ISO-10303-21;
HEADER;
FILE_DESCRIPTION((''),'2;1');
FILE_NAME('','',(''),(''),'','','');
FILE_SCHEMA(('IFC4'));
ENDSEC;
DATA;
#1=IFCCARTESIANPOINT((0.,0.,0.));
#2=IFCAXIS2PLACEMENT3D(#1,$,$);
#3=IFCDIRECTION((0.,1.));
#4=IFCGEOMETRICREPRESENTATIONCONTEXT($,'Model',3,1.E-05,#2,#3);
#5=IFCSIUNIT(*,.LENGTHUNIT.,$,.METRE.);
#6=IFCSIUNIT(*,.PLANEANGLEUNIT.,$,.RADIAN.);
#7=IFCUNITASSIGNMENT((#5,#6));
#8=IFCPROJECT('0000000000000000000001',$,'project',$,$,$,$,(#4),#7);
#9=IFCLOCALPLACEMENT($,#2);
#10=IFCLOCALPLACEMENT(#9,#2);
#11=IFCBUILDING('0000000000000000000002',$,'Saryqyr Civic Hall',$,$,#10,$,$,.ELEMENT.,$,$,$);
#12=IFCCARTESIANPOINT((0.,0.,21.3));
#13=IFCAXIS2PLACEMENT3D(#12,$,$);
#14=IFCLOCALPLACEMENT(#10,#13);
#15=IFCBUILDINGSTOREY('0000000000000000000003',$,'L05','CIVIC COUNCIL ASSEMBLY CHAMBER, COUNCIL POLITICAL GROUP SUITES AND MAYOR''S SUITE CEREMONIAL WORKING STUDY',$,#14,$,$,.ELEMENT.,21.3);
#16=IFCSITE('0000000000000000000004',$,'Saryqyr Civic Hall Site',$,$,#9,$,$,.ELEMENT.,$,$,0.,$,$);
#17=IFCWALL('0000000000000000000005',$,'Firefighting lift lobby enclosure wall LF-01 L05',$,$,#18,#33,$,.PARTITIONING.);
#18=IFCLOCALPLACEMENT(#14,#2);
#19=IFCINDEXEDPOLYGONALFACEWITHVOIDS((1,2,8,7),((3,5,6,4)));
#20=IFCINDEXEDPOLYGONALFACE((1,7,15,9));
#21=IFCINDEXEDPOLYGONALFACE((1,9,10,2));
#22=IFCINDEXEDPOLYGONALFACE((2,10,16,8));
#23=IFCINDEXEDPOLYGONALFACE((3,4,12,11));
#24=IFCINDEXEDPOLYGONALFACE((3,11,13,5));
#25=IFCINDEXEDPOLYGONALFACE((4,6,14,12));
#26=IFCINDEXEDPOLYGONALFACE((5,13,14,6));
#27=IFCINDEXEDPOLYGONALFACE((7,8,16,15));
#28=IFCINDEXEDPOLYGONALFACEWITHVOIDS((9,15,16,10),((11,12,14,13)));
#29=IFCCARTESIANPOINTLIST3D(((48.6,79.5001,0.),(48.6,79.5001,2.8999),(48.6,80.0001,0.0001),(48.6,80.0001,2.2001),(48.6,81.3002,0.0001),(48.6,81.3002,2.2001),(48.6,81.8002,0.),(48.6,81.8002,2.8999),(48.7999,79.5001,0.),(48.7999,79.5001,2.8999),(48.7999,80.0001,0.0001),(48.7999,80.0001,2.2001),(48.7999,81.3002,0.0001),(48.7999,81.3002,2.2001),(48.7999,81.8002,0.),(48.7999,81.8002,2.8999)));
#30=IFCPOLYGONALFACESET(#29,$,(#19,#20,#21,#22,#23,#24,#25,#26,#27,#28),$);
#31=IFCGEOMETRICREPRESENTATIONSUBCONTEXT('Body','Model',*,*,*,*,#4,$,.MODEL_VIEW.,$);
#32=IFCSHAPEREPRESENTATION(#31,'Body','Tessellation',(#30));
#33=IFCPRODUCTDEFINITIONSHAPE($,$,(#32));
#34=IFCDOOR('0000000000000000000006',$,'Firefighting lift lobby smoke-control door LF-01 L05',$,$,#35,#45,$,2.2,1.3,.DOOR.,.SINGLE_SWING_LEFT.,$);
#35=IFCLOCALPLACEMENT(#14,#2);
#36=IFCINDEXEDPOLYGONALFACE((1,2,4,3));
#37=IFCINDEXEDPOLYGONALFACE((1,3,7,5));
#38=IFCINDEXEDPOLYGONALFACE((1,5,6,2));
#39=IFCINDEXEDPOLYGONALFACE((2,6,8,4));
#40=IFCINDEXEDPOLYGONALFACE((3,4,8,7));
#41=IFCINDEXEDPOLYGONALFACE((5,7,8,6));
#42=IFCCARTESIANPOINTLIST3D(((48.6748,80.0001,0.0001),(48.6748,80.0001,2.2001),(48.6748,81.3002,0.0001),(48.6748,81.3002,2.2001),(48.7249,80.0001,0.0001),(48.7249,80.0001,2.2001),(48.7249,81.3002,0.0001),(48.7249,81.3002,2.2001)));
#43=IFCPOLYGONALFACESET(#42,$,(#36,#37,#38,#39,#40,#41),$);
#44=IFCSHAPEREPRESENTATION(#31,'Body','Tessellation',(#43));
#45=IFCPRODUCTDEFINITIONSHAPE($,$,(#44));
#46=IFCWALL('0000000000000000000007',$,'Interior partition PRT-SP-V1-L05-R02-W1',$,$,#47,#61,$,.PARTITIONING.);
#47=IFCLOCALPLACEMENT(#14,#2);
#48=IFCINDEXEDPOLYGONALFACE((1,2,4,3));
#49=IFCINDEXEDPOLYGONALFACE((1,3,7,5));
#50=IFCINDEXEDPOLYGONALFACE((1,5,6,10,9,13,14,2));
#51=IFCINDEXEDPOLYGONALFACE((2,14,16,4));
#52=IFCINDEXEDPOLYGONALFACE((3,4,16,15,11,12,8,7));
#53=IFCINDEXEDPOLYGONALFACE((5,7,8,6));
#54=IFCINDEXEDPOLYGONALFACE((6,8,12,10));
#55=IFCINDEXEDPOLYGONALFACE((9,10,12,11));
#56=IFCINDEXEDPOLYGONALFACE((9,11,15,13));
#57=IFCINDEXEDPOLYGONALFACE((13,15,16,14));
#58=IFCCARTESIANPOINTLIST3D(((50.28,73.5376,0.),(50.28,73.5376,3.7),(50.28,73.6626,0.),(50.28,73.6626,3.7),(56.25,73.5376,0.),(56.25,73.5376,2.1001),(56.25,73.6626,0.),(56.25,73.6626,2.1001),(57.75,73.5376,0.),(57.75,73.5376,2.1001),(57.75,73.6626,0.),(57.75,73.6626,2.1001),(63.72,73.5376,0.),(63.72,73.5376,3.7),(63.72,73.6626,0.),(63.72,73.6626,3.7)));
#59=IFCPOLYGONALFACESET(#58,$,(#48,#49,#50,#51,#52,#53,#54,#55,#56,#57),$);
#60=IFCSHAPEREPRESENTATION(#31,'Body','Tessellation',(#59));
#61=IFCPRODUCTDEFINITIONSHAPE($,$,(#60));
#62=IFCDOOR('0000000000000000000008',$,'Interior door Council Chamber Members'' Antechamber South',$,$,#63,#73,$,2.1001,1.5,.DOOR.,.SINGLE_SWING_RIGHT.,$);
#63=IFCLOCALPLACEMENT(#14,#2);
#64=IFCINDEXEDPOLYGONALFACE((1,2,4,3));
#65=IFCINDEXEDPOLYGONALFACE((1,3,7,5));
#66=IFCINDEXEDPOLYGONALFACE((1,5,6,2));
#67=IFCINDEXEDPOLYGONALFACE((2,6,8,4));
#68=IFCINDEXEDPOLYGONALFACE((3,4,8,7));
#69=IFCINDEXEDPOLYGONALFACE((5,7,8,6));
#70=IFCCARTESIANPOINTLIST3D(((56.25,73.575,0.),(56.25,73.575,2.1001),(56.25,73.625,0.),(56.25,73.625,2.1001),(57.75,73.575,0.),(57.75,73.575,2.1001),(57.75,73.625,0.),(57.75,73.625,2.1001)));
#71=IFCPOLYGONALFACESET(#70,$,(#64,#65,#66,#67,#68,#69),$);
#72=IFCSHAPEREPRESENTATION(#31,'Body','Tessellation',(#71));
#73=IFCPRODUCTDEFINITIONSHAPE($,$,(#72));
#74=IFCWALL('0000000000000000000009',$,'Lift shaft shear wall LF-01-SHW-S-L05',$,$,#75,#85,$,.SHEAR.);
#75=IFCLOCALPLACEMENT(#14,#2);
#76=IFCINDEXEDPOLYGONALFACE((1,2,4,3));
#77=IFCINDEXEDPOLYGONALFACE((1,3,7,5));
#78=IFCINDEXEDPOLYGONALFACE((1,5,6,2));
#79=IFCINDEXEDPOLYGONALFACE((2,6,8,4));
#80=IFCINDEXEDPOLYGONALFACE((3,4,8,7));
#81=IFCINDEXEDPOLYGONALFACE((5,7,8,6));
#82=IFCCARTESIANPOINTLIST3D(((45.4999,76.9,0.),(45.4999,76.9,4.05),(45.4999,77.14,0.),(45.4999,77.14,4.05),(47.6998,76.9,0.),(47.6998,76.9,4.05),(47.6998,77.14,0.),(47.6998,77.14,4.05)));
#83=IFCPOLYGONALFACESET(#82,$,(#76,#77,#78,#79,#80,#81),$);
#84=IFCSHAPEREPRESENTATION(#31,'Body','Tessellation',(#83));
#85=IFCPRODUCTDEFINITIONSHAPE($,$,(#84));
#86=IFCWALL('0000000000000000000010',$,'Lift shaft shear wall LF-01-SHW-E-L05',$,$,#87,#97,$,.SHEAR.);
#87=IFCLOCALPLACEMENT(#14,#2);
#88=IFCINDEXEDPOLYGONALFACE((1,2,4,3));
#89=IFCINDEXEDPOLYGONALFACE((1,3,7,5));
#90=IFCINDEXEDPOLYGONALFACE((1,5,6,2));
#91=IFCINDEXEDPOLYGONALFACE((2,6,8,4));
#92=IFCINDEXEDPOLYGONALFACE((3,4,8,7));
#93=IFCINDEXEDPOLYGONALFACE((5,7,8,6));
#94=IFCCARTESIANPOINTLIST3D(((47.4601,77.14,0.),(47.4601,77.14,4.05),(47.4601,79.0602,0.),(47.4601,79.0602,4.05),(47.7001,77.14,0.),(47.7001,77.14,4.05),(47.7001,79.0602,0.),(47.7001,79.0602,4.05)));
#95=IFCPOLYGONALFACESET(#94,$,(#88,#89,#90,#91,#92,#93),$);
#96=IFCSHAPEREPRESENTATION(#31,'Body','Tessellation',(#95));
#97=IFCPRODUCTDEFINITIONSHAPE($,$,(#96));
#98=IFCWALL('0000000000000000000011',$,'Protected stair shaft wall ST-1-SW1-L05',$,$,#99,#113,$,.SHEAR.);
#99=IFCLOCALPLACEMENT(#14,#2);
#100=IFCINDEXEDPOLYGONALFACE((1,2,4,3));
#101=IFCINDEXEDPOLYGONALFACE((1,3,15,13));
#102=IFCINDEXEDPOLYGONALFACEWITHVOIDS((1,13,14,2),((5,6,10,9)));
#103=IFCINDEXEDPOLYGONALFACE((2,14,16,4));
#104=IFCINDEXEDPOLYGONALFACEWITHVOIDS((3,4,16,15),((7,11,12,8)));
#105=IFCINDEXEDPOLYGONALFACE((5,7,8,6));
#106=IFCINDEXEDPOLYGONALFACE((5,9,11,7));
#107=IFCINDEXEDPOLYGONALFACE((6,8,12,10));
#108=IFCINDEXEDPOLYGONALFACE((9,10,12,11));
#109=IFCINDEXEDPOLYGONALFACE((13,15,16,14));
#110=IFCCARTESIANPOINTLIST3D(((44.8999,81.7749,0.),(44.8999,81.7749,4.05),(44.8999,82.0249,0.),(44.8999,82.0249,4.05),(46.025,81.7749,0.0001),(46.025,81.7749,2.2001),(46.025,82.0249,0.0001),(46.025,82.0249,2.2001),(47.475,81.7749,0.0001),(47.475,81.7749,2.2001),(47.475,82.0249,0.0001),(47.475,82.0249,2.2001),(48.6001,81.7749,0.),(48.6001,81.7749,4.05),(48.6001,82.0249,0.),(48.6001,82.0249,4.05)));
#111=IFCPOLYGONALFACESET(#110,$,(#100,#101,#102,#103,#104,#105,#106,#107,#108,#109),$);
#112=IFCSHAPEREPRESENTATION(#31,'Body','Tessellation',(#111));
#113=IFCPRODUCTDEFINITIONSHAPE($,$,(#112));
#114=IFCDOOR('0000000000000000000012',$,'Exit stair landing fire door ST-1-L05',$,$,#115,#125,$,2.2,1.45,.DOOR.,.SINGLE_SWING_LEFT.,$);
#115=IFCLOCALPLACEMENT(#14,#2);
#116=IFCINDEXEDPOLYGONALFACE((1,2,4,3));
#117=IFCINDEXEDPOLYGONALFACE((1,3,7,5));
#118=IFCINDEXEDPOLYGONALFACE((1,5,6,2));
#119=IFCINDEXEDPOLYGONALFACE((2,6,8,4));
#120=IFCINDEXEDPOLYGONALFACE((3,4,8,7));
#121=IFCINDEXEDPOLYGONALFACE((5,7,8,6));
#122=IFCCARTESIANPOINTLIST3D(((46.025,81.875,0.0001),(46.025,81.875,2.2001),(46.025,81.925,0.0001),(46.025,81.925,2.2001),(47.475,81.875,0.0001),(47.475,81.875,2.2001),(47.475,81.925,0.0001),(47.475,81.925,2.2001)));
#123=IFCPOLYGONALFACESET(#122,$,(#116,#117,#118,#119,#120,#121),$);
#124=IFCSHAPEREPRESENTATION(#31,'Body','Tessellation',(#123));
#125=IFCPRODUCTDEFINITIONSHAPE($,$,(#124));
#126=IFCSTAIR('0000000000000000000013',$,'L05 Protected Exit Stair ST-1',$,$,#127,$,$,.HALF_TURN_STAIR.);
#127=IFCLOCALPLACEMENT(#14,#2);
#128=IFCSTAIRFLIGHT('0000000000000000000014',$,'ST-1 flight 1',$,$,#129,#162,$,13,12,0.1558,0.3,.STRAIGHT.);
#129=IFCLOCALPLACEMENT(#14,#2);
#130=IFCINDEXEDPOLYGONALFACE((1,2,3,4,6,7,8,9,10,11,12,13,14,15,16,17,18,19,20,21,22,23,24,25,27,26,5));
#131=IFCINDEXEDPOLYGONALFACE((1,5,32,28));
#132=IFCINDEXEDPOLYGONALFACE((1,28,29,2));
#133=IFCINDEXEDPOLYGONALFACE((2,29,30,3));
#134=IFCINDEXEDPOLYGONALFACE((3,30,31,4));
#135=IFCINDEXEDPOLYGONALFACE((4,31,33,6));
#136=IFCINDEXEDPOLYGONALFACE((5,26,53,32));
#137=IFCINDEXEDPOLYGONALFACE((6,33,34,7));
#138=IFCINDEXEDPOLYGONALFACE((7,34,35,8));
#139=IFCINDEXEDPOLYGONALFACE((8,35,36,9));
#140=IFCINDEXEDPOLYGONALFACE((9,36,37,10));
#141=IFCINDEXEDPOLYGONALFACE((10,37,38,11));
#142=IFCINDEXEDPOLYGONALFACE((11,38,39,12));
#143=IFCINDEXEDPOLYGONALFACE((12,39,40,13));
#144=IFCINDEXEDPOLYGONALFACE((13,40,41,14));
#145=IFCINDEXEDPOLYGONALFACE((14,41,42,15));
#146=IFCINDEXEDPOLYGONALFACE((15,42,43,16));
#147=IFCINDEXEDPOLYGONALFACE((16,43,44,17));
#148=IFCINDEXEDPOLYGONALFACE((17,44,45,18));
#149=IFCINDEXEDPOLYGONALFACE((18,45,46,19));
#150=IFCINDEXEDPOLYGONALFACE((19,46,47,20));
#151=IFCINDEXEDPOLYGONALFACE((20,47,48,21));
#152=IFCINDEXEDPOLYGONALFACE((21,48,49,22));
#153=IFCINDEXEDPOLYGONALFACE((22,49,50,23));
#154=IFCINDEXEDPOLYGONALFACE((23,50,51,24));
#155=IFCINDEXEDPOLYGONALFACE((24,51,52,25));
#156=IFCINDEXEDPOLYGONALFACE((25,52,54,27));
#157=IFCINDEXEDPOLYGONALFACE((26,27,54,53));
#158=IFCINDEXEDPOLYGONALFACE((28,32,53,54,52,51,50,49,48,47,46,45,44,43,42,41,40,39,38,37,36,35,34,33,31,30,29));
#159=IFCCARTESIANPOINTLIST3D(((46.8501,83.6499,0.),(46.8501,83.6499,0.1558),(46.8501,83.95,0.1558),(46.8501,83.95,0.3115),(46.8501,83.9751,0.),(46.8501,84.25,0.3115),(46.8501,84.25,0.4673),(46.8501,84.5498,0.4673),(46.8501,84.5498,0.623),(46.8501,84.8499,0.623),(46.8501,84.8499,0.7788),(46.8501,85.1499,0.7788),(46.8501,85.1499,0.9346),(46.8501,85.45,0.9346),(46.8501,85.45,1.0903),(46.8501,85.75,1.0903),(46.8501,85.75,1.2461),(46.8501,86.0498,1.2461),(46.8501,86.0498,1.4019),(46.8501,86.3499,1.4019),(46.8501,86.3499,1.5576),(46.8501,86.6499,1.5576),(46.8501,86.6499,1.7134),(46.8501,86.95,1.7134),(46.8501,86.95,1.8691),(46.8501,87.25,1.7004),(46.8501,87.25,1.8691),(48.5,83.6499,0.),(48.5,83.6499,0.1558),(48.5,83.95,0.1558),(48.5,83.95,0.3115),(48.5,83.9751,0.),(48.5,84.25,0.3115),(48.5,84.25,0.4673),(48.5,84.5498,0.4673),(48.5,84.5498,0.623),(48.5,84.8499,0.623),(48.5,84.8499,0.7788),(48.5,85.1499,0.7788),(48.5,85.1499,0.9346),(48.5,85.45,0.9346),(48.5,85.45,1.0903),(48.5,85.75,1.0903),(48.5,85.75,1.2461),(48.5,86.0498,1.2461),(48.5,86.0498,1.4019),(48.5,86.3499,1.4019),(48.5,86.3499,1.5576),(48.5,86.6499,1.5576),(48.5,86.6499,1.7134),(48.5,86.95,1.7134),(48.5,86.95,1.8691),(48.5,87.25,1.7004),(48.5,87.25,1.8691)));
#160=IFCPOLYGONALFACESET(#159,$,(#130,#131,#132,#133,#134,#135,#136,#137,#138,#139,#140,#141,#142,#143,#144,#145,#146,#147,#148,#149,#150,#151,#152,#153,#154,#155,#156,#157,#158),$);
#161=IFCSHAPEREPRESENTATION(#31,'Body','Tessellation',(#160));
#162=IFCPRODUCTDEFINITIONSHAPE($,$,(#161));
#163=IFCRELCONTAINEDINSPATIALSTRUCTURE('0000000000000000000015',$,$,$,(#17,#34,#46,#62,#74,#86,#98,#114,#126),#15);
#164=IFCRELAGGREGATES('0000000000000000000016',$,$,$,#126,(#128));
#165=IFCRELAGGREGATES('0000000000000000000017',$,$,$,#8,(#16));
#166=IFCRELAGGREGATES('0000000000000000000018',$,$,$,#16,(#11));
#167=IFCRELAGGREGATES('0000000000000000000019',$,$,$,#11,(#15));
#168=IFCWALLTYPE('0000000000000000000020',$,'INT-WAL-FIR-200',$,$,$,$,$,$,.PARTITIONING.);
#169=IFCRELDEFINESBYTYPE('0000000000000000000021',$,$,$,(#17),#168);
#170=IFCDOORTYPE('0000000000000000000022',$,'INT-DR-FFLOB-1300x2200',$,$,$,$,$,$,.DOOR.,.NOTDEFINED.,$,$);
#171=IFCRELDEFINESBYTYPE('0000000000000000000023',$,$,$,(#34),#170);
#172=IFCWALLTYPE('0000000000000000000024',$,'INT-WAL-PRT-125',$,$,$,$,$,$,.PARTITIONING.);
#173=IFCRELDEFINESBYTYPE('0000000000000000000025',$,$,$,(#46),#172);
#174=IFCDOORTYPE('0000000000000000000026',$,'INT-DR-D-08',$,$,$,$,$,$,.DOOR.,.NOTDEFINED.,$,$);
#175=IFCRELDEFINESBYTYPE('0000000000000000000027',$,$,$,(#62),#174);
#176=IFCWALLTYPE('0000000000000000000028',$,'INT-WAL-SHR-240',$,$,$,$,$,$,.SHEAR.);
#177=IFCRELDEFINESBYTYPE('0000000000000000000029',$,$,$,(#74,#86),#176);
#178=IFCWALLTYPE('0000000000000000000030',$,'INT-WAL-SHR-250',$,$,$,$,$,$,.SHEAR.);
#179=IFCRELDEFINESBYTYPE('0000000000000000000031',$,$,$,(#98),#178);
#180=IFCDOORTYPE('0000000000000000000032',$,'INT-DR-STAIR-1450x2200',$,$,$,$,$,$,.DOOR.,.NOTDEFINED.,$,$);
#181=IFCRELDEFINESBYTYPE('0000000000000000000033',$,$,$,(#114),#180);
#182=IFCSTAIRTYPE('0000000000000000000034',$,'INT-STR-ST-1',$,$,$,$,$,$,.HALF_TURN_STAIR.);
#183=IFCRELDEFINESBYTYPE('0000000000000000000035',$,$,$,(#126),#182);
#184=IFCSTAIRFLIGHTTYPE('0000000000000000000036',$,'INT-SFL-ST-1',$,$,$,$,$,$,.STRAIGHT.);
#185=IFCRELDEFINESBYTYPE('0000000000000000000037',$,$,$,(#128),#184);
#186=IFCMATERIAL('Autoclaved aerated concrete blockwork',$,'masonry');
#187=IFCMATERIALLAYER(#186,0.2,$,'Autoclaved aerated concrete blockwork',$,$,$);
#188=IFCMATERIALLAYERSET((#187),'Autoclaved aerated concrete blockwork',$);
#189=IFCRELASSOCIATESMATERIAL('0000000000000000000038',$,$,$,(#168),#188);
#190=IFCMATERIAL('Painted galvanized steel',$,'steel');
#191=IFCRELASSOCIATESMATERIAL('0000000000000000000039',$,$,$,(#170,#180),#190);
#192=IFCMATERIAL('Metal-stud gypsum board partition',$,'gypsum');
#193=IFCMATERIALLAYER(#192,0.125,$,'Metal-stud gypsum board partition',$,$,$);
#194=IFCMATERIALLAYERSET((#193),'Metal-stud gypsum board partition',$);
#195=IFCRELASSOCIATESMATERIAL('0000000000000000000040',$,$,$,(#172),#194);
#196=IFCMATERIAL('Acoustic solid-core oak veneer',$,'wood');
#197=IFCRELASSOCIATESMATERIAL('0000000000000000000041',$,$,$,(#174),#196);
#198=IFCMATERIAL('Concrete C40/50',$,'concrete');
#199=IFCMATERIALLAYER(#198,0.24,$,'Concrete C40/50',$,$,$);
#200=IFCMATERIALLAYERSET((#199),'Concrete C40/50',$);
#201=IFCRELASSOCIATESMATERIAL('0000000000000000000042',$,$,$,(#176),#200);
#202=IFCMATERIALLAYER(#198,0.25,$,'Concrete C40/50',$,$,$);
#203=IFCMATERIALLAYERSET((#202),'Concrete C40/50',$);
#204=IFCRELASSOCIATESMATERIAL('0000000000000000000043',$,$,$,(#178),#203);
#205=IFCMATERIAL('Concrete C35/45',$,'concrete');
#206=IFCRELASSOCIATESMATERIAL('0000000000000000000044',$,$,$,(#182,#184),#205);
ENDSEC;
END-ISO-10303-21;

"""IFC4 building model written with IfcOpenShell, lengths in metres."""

from ifc_helpers import new_model, si_unit, direction, frame, frame_2d, origin, place, context, subcontext, project, spatial, polyline, rectangle, outline, extrude, material, layer, layer_set, type_object, element, fill, aggregate, save


model = new_model("IFC4")

# Units and contexts
model_context = context("Model", 3, precision=1e-05, world=origin(), true_north=direction((0.0, 1.0)))
body_context = subcontext(model_context, "Body", "Model", "MODEL_VIEW")
ifc_project = project(units=[si_unit("LENGTHUNIT", "METRE"), si_unit("PLANEANGLEUNIT", "RADIAN")], contexts=[model_context])

# Site, building, storey
site_placement = place(None, origin())
site = spatial("IfcSite", under=ifc_project, at=site_placement, Name="Saryqyr Civic Hall Site", CompositionType="ELEMENT", RefElevation=0.0)
building_placement = place(site_placement, origin())
building = spatial("IfcBuilding", under=site, at=building_placement, Name="Saryqyr Civic Hall", CompositionType="ELEMENT")
storey_placement = place(building_placement, frame((0.0, 0.0, 21.3)))
storey = spatial("IfcBuildingStorey", under=building, at=storey_placement, Name="L05", Description="CIVIC COUNCIL ASSEMBLY CHAMBER, COUNCIL POLITICAL GROUP SUITES AND MAYOR'S SUITE CEREMONIAL WORKING STUDY", CompositionType="ELEMENT", Elevation=21.3)

# Shared definitions
ifc_material_1 = material(Name="Concrete C40/50", Category="concrete")

# Walls, openings, doors
ifc_material_2 = material(Name="Autoclaved aerated concrete blockwork", Category="masonry")
ifc_layer_1 = layer(ifc_material_2, 0.2, Name="Autoclaved aerated concrete blockwork")
ifc_layer_set_1 = layer_set([ifc_layer_1], Name="Autoclaved aerated concrete blockwork")
wall_type_1 = type_object("IfcWallType", Name="INT-WAL-FIR-200", PredefinedType="PARTITIONING", material=ifc_layer_set_1)
wall_1_placement = place(storey_placement, frame((48.7, 81.8, 0.0), z_axis=(0.0, 0.0, 1.0), x_axis=(0.0, -1.0, 0.0)))
wall_1 = element("IfcWall", 1, at=wall_1_placement, inside=storey, type_object=wall_type_1, Name="Firefighting lift lobby enclosure wall LF-01 L05", PredefinedType="PARTITIONING", context=body_context, shape_type="SweptSolid", body=[
    extrude(rectangle(XDim=2.3, YDim=0.2, at=frame_2d((1.1499, 0.0))), origin(), (0.0, 0.0, 1.0), 2.8999),
])
opening_1_placement = place(wall_1_placement, frame((0.5, 0.0, 0.0)))
opening_1 = element("IfcOpeningElement", 2, at=opening_1_placement, cuts=wall_1, PredefinedType="OPENING", context=body_context, shape_type="SweptSolid", body=[
    extrude(rectangle(XDim=1.3, YDim=2.2, at=frame_2d((0.6499, 1.1001))), frame((0.0, 0.1099, 0.0), z_axis=(0.0, -1.0, 0.0), x_axis=(1.0, 0.0, 0.0)), (0.0, 0.0, 1.0), 0.22),
])
ifc_material_3 = material(Name="Painted galvanized steel", Category="steel")
door_type_1 = type_object("IfcDoorType", Name="INT-DR-FFLOB-1300x2200", OperationType="NOTDEFINED", PredefinedType="DOOR", material=ifc_material_3)
door_1_placement = place(opening_1_placement, origin())
door_1 = element("IfcDoor", 3, at=door_1_placement, inside=storey, type_object=door_type_1, Name="Firefighting lift lobby smoke-control door LF-01 L05", OperationType="SINGLE_SWING_LEFT", OverallHeight=2.2, OverallWidth=1.3, PredefinedType="DOOR", context=body_context, shape_type="SweptSolid", body=[
    extrude(rectangle(XDim=1.3, YDim=2.2, at=frame_2d((0.6499, 1.1001))), frame((0.0, 0.0249, 0.0), z_axis=(0.0, -1.0, 0.0), x_axis=(1.0, 0.0, 0.0)), (0.0, 0.0, 1.0), 0.05),
])
fill(opening_1, door_1)
ifc_material_4 = material(Name="Metal-stud gypsum board partition", Category="gypsum")
ifc_layer_2 = layer(ifc_material_4, 0.125, Name="Metal-stud gypsum board partition")
ifc_layer_set_2 = layer_set([ifc_layer_2], Name="Metal-stud gypsum board partition")
wall_type_2 = type_object("IfcWallType", Name="INT-WAL-PRT-125", PredefinedType="PARTITIONING", material=ifc_layer_set_2)
wall_2_placement = place(storey_placement, frame((50.28, 73.6001, 0.0), z_axis=(0.0, 0.0, 1.0), x_axis=(1.0, 0.0, 0.0)))
wall_2 = element("IfcWall", 4, at=wall_2_placement, inside=storey, type_object=wall_type_2, Name="Interior partition PRT-SP-V1-L05-R02-W1", PredefinedType="PARTITIONING", context=body_context, shape_type="SweptSolid", body=[
    extrude(rectangle(XDim=13.4399, YDim=0.125, at=frame_2d((6.72, 0.0))), origin(), (0.0, 0.0, 1.0), 3.7),
])
opening_2_placement = place(wall_2_placement, frame((5.97, 0.0, 0.0)))
opening_2 = element("IfcOpeningElement", 5, at=opening_2_placement, cuts=wall_2, PredefinedType="OPENING", context=body_context, shape_type="SweptSolid", body=[
    extrude(rectangle(XDim=1.5, YDim=2.1001, at=frame_2d((0.75, 1.05))), frame((0.0, 0.0725, 0.0), z_axis=(0.0, -1.0, 0.0), x_axis=(1.0, 0.0, 0.0)), (0.0, 0.0, 1.0), 0.145),
])
ifc_material_5 = material(Name="Acoustic solid-core oak veneer", Category="wood")
door_type_2 = type_object("IfcDoorType", Name="INT-DR-D-08", OperationType="NOTDEFINED", PredefinedType="DOOR", material=ifc_material_5)
door_2_placement = place(opening_2_placement, origin())
door_2 = element("IfcDoor", 6, at=door_2_placement, inside=storey, type_object=door_type_2, Name="Interior door Council Chamber Members' Antechamber South", OperationType="SINGLE_SWING_RIGHT", OverallHeight=2.1001, OverallWidth=1.5, PredefinedType="DOOR", context=body_context, shape_type="SweptSolid", body=[
    extrude(rectangle(XDim=1.5, YDim=2.1001, at=frame_2d((0.75, 1.05))), frame((0.0, 0.0249, 0.0), z_axis=(0.0, -1.0, 0.0), x_axis=(1.0, 0.0, 0.0)), (0.0, 0.0, 1.0), 0.05),
])
fill(opening_2, door_2)

# Walls
ifc_layer_3 = layer(ifc_material_1, 0.24, Name="Concrete C40/50")
ifc_layer_set_3 = layer_set([ifc_layer_3], Name="Concrete C40/50")
wall_type_3 = type_object("IfcWallType", Name="INT-WAL-SHR-240", PredefinedType="SHEAR", material=ifc_layer_set_3)
wall_3_placement = place(storey_placement, frame((47.7, 77.02, 0.0), z_axis=(0.0, 0.0, 1.0), x_axis=(-1.0, 0.0, 0.0)))
element("IfcWall", 7, at=wall_3_placement, inside=storey, type_object=wall_type_3, Name="Lift shaft shear wall LF-01-SHW-S-L05", PredefinedType="SHEAR", context=body_context, shape_type="SweptSolid", body=[
    extrude(rectangle(XDim=2.2, YDim=0.24, at=frame_2d((1.1001, 0.0))), origin(), (0.0, 0.0, 1.0), 4.05),
])
wall_4_placement = place(storey_placement, frame((47.5801, 79.0601, 0.0), z_axis=(0.0, 0.0, 1.0), x_axis=(0.0, -1.0, 0.0)))
element("IfcWall", 8, at=wall_4_placement, inside=storey, type_object=wall_type_3, Name="Lift shaft shear wall LF-01-SHW-E-L05", PredefinedType="SHEAR", context=body_context, shape_type="SweptSolid", body=[
    extrude(rectangle(XDim=1.9202, YDim=0.24, at=frame_2d((0.96, 0.0))), origin(), (0.0, 0.0, 1.0), 4.05),
])

# Wall, opening, door
ifc_layer_4 = layer(ifc_material_1, 0.25, Name="Concrete C40/50")
ifc_layer_set_4 = layer_set([ifc_layer_4], Name="Concrete C40/50")
wall_type_4 = type_object("IfcWallType", Name="INT-WAL-SHR-250", PredefinedType="SHEAR", material=ifc_layer_set_4)
wall_5_placement = place(storey_placement, frame((48.6001, 81.8999, 0.0), z_axis=(0.0, 0.0, 1.0), x_axis=(-1.0, 0.0, 0.0)))
wall_5 = element("IfcWall", 9, at=wall_5_placement, inside=storey, type_object=wall_type_4, Name="Protected stair shaft wall ST-1-SW1-L05", PredefinedType="SHEAR", context=body_context, shape_type="SweptSolid", body=[
    extrude(rectangle(XDim=3.7002, YDim=0.25, at=frame_2d((1.8501, 0.0))), origin(), (0.0, 0.0, 1.0), 4.05),
])
opening_3_placement = place(wall_5_placement, frame((1.125, 0.0, 0.0)))
opening_3 = element("IfcOpeningElement", 10, at=opening_3_placement, cuts=wall_5, PredefinedType="OPENING", context=body_context, shape_type="SweptSolid", body=[
    extrude(rectangle(XDim=1.45, YDim=2.2, at=frame_2d((0.7251, 1.1001))), frame((0.0, 0.135, 0.0), z_axis=(0.0, -1.0, 0.0), x_axis=(1.0, 0.0, 0.0)), (0.0, 0.0, 1.0), 0.27),
])
door_type_3 = type_object("IfcDoorType", Name="INT-DR-STAIR-1450x2200", OperationType="NOTDEFINED", PredefinedType="DOOR", material=ifc_material_3)
door_3_placement = place(opening_3_placement, origin())
door_3 = element("IfcDoor", 11, at=door_3_placement, inside=storey, type_object=door_type_3, Name="Exit stair landing fire door ST-1-L05", OperationType="SINGLE_SWING_LEFT", OverallHeight=2.2, OverallWidth=1.45, PredefinedType="DOOR", context=body_context, shape_type="SweptSolid", body=[
    extrude(rectangle(XDim=1.45, YDim=2.2, at=frame_2d((0.7251, 1.1001))), frame((0.0, 0.0249, 0.0), z_axis=(0.0, -1.0, 0.0), x_axis=(1.0, 0.0, 0.0)), (0.0, 0.0, 1.0), 0.05),
])
fill(opening_3, door_3)

# Stair, stair flight
ifc_material_6 = material(Name="Concrete C35/45", Category="concrete")
stair_type = type_object("IfcStairType", Name="INT-STR-ST-1", PredefinedType="HALF_TURN_STAIR", material=ifc_material_6)
stair_placement = place(storey_placement, origin())
stair = element("IfcStair", 12, at=stair_placement, inside=storey, type_object=stair_type, Name="L05 Protected Exit Stair ST-1", PredefinedType="HALF_TURN_STAIR")
stair_flight_type = type_object("IfcStairFlightType", Name="INT-SFL-ST-1", PredefinedType="STRAIGHT", material=ifc_material_6)
stair_flight_placement = place(storey_placement, frame((47.675, 83.6499, 0.0), z_axis=(0.0, 0.0, 1.0), x_axis=(0.0, 1.0, 0.0)))
stair_flight = element("IfcStairFlight", 13, at=stair_flight_placement, type_object=stair_flight_type, Name="ST-1 flight 1", NumberOfRisers=13, NumberOfTreads=12, PredefinedType="STRAIGHT", RiserHeight=0.1558, TreadLength=0.3, context=body_context, shape_type="SweptSolid", body=[
    extrude(outline(polyline([(0.0, 0.0), (0.0, 0.1558), (0.3, 0.1558), (0.3, 0.3115), (0.6001, 0.3115), (0.6001, 0.4673), (0.8999, 0.4673), (0.8999, 0.623), (1.2, 0.623), (1.2, 0.7788), (1.5, 0.7788), (1.5, 0.9346), (1.8, 0.9346), (1.8, 1.0903), (2.1001, 1.0903), (2.1001, 1.2461), (2.3999, 1.2461), (2.3999, 1.4019), (2.7, 1.4019), (2.7, 1.5576), (3.0, 1.5576), (3.0, 1.7134), (3.3, 1.7134), (3.3, 1.8691), (3.6001, 1.8691), (3.6001, 2.0249), (3.6001, 1.7004), (0.3252, 0.0), (0.0, 0.0)])), frame((0.0, 0.825, 0.0), z_axis=(0.0, -1.0, 0.0), x_axis=(1.0, 0.0, 0.0)), (0.0, 0.0, 1.0), 1.6499),
])
aggregate(stair, [stair_flight])

save(model, "model.ifc")
